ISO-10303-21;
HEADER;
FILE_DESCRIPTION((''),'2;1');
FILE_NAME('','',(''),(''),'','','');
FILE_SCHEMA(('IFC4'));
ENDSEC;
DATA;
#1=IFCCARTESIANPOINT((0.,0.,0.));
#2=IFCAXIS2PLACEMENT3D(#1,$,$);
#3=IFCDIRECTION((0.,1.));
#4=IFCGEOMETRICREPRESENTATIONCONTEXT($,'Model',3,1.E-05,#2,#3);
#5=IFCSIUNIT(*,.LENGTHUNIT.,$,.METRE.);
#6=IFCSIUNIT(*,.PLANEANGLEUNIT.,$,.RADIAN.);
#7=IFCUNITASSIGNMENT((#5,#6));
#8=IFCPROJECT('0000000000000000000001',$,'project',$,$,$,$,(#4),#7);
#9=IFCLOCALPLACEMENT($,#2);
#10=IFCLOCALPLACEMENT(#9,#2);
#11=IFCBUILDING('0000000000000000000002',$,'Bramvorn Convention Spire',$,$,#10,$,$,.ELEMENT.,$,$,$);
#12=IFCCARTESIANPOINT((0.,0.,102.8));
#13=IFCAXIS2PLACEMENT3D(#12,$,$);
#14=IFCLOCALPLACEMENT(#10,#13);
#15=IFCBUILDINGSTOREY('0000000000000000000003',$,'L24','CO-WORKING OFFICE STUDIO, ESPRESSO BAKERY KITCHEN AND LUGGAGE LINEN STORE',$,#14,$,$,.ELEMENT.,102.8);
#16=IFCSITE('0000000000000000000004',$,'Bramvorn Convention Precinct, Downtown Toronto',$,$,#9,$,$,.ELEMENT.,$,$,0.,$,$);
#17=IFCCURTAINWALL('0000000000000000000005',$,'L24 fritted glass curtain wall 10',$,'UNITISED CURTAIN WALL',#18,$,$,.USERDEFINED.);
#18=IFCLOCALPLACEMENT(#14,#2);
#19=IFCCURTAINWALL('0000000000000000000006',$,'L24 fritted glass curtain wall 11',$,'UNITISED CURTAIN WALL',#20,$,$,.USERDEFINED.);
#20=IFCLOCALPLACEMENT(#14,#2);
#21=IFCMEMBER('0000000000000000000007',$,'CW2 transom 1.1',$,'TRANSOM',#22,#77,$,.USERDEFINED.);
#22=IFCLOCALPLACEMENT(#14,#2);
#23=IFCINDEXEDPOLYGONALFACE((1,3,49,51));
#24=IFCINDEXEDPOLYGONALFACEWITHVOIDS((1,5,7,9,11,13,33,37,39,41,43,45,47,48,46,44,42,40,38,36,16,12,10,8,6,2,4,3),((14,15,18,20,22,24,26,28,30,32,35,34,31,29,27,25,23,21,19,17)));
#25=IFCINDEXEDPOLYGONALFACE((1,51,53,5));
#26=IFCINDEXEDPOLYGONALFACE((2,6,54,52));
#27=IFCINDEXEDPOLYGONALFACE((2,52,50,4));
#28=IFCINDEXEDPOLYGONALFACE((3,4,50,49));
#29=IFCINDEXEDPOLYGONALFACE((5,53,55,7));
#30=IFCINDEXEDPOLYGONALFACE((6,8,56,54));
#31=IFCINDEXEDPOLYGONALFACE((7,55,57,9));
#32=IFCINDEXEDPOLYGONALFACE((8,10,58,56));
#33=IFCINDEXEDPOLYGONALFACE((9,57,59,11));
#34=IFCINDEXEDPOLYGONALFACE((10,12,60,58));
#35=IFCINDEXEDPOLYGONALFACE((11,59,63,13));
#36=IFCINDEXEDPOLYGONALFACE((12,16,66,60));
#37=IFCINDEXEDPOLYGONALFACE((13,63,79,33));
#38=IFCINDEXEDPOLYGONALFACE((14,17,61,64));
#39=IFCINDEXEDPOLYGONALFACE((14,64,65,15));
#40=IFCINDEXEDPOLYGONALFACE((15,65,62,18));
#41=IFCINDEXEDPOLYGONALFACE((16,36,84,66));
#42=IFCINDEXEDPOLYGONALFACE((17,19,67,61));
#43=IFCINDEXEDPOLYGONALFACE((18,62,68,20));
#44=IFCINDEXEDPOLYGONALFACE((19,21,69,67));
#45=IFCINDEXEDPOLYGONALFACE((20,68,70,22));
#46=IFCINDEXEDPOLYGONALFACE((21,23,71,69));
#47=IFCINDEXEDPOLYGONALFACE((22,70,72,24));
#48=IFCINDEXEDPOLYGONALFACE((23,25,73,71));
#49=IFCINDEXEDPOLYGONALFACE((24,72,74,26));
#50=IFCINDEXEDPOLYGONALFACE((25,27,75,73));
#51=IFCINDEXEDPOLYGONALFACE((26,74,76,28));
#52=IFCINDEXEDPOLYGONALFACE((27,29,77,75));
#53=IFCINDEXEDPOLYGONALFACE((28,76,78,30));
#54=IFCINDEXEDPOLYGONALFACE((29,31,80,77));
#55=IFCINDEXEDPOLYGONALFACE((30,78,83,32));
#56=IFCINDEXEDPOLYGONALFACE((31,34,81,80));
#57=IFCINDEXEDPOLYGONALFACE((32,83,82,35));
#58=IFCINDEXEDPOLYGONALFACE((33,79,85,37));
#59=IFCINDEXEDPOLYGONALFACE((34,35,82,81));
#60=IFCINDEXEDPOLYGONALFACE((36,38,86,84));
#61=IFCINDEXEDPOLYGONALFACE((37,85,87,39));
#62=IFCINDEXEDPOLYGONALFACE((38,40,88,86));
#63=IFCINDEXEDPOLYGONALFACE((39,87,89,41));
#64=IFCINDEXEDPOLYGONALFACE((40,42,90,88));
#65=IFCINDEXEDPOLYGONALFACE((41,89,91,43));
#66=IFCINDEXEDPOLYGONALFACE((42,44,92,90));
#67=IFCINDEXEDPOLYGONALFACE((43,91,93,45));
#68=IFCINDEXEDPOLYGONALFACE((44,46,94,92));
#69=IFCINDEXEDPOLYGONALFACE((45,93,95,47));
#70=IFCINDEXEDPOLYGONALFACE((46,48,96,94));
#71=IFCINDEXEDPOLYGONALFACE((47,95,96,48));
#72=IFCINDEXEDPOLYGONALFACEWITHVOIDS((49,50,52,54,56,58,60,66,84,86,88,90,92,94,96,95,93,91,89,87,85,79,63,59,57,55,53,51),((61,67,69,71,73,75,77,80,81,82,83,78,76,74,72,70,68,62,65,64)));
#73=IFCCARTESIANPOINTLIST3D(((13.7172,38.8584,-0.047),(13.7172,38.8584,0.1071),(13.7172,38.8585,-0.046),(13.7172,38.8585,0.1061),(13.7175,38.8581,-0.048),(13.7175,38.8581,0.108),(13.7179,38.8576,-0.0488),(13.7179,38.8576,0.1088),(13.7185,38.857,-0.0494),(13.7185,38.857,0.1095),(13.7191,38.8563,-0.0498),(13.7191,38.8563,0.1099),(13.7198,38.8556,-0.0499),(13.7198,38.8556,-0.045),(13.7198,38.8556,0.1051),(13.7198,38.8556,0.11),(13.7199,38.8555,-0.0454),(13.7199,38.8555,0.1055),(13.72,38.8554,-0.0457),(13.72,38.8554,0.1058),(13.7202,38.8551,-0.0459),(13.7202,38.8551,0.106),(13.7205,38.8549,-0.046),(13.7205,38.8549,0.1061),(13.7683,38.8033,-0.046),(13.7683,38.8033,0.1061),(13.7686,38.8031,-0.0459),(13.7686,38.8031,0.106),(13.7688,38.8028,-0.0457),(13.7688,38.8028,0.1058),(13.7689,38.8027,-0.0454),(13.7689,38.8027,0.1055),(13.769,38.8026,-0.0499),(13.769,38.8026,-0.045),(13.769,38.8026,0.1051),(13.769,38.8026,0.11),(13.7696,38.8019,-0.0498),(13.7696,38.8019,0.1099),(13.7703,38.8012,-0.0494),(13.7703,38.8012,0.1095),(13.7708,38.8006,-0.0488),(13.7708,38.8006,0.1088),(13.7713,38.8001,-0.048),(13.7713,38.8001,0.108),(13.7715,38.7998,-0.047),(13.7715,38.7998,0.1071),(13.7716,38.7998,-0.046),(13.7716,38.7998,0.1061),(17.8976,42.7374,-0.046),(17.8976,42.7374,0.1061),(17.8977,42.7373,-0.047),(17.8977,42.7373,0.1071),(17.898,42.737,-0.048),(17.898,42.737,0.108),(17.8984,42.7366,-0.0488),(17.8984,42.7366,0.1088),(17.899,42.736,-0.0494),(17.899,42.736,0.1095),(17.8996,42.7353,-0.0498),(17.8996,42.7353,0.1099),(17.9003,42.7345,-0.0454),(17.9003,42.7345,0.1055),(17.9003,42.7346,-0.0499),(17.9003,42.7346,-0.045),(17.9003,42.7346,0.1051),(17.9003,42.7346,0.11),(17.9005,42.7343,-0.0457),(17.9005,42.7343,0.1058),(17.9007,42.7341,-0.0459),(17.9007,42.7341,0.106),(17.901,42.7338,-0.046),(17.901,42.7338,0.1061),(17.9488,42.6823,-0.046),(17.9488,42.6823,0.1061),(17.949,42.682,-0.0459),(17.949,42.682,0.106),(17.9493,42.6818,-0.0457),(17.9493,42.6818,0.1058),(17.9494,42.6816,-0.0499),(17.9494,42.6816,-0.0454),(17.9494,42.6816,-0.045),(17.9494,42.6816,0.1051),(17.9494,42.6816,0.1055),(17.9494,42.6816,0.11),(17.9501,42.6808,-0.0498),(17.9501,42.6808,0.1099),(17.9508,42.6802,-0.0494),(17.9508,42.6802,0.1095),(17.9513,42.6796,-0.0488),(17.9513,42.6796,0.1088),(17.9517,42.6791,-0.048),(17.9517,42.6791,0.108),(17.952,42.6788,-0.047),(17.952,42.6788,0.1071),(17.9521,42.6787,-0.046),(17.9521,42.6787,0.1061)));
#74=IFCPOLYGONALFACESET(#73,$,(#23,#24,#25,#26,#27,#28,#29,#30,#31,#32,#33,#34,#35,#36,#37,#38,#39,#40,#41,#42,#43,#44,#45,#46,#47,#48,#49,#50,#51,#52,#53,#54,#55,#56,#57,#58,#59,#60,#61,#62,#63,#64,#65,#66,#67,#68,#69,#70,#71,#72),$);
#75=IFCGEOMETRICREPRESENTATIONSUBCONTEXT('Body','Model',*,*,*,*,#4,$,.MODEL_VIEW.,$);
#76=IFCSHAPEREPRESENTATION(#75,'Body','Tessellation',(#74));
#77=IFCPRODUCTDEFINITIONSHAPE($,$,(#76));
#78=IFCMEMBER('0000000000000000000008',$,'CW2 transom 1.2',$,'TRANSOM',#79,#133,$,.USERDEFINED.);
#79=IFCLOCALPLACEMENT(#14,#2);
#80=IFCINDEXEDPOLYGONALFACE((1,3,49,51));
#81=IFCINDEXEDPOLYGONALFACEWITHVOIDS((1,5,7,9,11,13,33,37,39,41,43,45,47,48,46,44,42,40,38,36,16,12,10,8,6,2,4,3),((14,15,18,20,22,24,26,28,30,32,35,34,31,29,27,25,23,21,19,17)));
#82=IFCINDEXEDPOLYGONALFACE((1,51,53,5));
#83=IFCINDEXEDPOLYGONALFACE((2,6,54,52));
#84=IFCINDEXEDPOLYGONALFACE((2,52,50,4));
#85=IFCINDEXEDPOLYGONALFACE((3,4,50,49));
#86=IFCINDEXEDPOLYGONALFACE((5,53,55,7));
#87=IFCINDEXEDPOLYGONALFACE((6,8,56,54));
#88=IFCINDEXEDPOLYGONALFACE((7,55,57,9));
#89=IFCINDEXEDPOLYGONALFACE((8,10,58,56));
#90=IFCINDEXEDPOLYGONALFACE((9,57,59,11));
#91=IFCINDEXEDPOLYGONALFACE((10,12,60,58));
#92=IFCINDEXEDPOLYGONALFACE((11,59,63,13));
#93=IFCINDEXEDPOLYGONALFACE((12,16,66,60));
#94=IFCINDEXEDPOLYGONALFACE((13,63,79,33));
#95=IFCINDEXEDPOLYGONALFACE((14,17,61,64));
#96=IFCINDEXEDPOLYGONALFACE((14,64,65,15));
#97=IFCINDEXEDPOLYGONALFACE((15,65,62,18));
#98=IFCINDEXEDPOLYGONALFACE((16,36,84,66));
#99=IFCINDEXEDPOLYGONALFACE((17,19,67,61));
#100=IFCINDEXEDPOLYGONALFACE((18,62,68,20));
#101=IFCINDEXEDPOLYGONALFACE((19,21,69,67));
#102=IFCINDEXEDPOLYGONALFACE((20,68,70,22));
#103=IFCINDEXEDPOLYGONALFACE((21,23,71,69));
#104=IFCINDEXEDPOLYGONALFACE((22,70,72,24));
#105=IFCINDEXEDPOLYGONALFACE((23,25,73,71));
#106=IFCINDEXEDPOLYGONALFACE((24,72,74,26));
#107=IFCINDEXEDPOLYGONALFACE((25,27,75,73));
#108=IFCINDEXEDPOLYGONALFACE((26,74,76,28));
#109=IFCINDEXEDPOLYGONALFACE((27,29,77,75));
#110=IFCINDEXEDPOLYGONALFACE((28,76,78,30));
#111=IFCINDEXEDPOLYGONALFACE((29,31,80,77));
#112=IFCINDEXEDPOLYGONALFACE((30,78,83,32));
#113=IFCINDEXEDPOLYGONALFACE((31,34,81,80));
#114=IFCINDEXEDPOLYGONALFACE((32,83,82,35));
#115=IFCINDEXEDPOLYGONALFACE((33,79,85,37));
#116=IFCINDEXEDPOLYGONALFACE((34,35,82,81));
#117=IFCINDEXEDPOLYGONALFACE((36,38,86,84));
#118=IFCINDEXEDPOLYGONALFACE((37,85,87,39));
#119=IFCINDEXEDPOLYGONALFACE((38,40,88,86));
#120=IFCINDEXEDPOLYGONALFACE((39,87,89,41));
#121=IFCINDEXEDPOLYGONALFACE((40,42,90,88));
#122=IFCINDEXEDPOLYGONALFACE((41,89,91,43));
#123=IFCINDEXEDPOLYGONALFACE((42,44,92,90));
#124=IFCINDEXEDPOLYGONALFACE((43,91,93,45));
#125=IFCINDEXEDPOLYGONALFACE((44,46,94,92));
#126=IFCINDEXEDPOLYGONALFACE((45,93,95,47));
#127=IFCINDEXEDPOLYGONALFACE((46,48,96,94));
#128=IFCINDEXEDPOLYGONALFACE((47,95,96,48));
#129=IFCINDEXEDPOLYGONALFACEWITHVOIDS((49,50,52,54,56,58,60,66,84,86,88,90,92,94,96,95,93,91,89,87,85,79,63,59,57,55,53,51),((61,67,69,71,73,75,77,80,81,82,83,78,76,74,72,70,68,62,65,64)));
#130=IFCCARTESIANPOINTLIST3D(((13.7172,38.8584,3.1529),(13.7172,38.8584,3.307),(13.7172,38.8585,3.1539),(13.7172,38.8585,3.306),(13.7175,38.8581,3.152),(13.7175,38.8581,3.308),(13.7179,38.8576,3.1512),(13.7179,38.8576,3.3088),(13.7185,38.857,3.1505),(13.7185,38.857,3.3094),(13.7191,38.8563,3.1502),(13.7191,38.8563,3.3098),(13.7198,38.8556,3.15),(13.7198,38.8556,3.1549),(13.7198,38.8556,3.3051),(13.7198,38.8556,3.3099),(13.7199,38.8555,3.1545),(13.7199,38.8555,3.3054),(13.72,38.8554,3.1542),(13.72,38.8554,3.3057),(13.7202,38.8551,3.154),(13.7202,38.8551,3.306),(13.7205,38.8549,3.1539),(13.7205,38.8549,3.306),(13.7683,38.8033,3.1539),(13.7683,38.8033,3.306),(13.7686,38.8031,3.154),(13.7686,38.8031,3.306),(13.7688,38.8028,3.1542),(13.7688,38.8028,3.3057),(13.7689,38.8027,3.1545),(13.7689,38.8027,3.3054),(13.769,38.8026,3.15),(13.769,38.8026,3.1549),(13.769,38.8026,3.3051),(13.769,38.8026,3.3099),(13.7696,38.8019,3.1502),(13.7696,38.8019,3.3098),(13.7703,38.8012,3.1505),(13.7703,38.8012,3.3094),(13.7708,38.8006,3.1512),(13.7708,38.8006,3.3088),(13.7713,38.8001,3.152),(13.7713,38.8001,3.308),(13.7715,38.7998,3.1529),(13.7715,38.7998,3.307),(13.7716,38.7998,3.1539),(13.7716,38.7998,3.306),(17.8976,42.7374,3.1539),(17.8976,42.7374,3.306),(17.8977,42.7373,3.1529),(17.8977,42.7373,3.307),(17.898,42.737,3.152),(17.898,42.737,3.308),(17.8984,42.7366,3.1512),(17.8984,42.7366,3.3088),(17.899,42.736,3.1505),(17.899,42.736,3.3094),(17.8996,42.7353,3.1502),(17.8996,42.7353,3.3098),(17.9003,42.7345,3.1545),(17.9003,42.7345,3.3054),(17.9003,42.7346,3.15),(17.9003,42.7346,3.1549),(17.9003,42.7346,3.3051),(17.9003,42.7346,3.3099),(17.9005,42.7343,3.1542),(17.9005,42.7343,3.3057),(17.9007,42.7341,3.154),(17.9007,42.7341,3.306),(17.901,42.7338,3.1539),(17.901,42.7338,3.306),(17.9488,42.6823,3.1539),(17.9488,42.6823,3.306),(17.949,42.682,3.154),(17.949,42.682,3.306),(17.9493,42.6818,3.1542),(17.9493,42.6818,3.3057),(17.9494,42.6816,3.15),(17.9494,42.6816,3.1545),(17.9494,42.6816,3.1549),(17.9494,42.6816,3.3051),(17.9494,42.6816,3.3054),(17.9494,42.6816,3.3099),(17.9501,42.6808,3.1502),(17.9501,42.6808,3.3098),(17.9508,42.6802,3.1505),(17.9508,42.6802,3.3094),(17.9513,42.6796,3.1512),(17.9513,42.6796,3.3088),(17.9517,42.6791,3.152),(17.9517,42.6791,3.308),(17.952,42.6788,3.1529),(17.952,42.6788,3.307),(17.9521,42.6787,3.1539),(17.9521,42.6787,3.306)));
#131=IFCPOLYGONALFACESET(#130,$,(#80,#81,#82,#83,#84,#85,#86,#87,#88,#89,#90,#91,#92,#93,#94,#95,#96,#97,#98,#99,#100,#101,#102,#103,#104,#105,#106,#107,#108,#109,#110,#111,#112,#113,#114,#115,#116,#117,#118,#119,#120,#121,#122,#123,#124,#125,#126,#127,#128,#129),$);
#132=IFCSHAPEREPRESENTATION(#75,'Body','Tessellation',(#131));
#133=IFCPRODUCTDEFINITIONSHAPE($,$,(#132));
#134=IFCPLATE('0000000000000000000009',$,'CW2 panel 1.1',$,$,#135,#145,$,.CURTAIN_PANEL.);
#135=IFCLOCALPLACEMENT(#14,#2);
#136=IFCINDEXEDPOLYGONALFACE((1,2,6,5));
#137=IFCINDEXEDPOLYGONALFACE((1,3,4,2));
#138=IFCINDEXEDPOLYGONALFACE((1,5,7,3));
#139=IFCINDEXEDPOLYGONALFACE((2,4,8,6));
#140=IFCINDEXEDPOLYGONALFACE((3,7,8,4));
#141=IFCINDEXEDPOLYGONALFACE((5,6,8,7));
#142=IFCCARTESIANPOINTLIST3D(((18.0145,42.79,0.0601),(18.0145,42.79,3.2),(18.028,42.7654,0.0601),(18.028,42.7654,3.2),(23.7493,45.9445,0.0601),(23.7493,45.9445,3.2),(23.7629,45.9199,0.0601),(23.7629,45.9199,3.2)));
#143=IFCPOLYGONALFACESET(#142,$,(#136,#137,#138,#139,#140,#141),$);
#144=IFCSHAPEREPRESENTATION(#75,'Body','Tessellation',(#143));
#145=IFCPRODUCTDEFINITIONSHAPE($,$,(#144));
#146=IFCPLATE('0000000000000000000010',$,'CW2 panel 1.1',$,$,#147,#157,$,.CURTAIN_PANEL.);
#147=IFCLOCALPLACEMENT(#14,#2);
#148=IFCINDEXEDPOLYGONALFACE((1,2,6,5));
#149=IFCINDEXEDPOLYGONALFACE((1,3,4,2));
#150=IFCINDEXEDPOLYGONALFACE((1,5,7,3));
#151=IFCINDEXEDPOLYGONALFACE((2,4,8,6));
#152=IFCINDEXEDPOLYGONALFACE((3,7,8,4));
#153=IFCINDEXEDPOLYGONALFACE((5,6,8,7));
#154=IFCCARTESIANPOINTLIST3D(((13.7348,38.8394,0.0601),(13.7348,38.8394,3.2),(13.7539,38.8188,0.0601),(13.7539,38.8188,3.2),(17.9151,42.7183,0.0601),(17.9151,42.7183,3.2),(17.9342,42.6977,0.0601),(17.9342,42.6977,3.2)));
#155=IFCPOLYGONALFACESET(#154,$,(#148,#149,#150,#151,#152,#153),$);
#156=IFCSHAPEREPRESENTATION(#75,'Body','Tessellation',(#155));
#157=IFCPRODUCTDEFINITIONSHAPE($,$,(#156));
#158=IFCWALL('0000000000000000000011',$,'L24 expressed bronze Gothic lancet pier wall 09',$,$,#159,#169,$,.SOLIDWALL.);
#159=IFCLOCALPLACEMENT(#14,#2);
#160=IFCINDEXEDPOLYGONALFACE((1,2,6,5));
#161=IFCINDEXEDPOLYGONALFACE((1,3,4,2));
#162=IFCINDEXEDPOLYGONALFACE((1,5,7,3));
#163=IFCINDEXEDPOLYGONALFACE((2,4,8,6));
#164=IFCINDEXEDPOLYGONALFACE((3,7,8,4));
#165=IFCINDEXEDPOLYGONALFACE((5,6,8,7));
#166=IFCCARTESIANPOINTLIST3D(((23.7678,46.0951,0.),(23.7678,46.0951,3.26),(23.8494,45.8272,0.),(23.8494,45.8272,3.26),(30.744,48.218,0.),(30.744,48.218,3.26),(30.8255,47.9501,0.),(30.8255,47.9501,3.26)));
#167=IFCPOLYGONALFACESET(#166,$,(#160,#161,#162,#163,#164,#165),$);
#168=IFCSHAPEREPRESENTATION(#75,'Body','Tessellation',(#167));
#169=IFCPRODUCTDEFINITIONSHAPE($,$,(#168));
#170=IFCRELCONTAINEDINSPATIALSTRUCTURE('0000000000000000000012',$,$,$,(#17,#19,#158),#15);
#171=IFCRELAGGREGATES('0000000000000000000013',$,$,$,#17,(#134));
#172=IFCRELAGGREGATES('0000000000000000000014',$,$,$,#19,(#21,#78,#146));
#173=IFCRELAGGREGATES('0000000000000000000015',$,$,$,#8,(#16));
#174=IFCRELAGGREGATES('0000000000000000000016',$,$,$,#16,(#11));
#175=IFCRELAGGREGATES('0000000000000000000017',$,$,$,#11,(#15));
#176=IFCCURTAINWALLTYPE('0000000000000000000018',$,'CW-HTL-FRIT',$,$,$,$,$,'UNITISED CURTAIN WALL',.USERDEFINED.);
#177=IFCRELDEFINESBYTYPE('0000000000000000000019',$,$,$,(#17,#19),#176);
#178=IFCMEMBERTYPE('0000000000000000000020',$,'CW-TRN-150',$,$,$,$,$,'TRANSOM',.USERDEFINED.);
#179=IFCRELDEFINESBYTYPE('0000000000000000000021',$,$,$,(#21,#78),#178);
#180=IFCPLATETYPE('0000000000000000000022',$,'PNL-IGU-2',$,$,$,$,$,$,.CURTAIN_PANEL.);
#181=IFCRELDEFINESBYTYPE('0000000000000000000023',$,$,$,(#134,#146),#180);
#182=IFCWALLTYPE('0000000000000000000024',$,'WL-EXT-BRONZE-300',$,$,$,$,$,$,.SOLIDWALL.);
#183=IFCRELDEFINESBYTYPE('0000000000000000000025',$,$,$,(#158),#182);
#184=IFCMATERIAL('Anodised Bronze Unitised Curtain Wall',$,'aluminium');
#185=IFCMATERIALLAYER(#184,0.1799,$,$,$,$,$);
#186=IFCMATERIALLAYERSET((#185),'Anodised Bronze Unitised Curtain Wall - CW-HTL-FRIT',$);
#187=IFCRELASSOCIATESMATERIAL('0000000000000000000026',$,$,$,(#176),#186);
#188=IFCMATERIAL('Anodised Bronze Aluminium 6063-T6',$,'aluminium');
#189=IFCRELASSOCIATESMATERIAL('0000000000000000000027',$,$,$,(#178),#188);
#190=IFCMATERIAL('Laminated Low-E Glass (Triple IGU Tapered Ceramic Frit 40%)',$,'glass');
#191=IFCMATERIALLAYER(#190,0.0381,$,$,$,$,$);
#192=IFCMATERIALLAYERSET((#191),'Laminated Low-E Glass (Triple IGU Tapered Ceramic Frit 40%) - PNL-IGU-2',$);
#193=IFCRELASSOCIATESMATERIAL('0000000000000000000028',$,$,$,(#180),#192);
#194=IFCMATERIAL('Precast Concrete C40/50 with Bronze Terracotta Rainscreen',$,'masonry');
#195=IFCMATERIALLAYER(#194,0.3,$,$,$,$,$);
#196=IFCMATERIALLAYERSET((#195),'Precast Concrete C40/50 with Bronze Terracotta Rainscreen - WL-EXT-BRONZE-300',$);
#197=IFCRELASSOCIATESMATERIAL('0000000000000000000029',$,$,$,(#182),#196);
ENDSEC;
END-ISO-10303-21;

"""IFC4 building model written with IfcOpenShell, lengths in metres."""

from ifc_helpers import new_model, si_unit, direction, frame, frame_2d, origin, origin_2d, place, context, subcontext, project, spatial, rectangle, hollow_rectangle, extrude, material, layer, layer_set, material_profile, profile_set, type_object, element, aggregate, save


model = new_model("IFC4")

# Units and contexts
model_context = context("Model", 3, precision=1e-05, world=origin(), true_north=direction((0.0, 1.0)))
body_context = subcontext(model_context, "Body", "Model", "MODEL_VIEW")
ifc_project = project(units=[si_unit("LENGTHUNIT", "METRE"), si_unit("PLANEANGLEUNIT", "RADIAN")], contexts=[model_context])

# Site, building, storey
site_placement = place(None, origin())
site = spatial("IfcSite", under=ifc_project, at=site_placement, Name="Bramvorn Convention Precinct, Downtown Toronto", CompositionType="ELEMENT", RefElevation=0.0)
building_placement = place(site_placement, origin())
building = spatial("IfcBuilding", under=site, at=building_placement, Name="Bramvorn Convention Spire", CompositionType="ELEMENT")
storey_placement = place(building_placement, frame((0.0, 0.0, 102.8)))
storey = spatial("IfcBuildingStorey", under=building, at=storey_placement, Name="L24", Description="CO-WORKING OFFICE STUDIO, ESPRESSO BAKERY KITCHEN AND LUGGAGE LINEN STORE", CompositionType="ELEMENT", Elevation=102.8)

# Curtain walls
ifc_material_1 = material(Name="Anodised Bronze Unitised Curtain Wall", Category="aluminium")
ifc_layer_1 = layer(ifc_material_1, 0.1799)
ifc_layer_set_1 = layer_set([ifc_layer_1], Name="Anodised Bronze Unitised Curtain Wall - CW-HTL-FRIT")
curtain_wall_type = type_object("IfcCurtainWallType", Name="CW-HTL-FRIT", ElementType="UNITISED CURTAIN WALL", PredefinedType="USERDEFINED", material=ifc_layer_set_1)
curtain_wall_1_placement = place(storey_placement, origin())
curtain_wall_1 = element("IfcCurtainWall", 1, at=curtain_wall_1_placement, inside=storey, type_object=curtain_wall_type, Name="L24 fritted glass curtain wall 10", ObjectType="UNITISED CURTAIN WALL", PredefinedType="USERDEFINED")
ifc_material_2 = material(Name="Anodised Bronze Aluminium 6063-T6", Category="aluminium")
curtain_wall_2_placement = place(storey_placement, origin())
curtain_wall_2 = element("IfcCurtainWall", 2, at=curtain_wall_2_placement, inside=storey, type_object=curtain_wall_type, Name="L24 fritted glass curtain wall 11", ObjectType="UNITISED CURTAIN WALL", PredefinedType="USERDEFINED")

# Members
ifc_material_profile_1 = material_profile(ifc_material_2, hollow_rectangle(XDim=0.0801, YDim=0.1599, WallThickness=0.0039, InnerFilletRadius=0.001, OuterFilletRadius=0.0039, at=origin_2d()))
ifc_profile_set_1 = profile_set([ifc_material_profile_1], Name="Anodised Bronze Aluminium 6063-T6 - CWT80X160")
member_type_1 = type_object("IfcMemberType", Name="CW-TRN-150", ElementType="TRANSOM", PredefinedType="USERDEFINED", material=ifc_profile_set_1)
member_1_placement = place(storey_placement, frame((13.7444, 38.8291, 0.03), z_axis=(0.733048, 0.680177, 0.0), x_axis=(-0.680177, 0.733048, 0.0)))
member_1 = element("IfcMember", 3, at=member_1_placement, type_object=member_type_1, Name="CW2 transom 1.1", ObjectType="TRANSOM", PredefinedType="USERDEFINED", context=body_context, shape_type="SweptSolid", body=[
    extrude(hollow_rectangle(XDim=0.0801, YDim=0.1599, WallThickness=0.0039, InnerFilletRadius=0.001, OuterFilletRadius=0.0039, at=origin_2d()), origin(), (0.0, 0.0, 1.0), 5.7029),
])
member_2_placement = place(storey_placement, frame((13.7444, 38.8291, 3.23), z_axis=(0.733048, 0.680177, 0.0), x_axis=(-0.680177, 0.733048, 0.0)))
member_2 = element("IfcMember", 4, at=member_2_placement, type_object=member_type_1, Name="CW2 transom 1.2", ObjectType="TRANSOM", PredefinedType="USERDEFINED", context=body_context, shape_type="SweptSolid", body=[
    extrude(hollow_rectangle(XDim=0.0801, YDim=0.1599, WallThickness=0.0039, InnerFilletRadius=0.001, OuterFilletRadius=0.0039, at=origin_2d()), origin(), (0.0, 0.0, 1.0), 5.7029),
])

# Plates
ifc_material_3 = material(Name="Laminated Low-E Glass (Triple IGU Tapered Ceramic Frit 40%)", Category="glass")
ifc_layer_2 = layer(ifc_material_3, 0.0381)
ifc_layer_set_2 = layer_set([ifc_layer_2], Name="Laminated Low-E Glass (Triple IGU Tapered Ceramic Frit 40%) - PNL-IGU-2")
plate_type = type_object("IfcPlateType", Name="PNL-IGU-2", PredefinedType="CURTAIN_PANEL", material=ifc_layer_set_2)
plate_1_placement = place(storey_placement, frame((20.8887, 44.355, 0.0601), z_axis=(0.0, 0.0, 1.0), x_axis=(0.876193, 0.48196, 0.0)))
plate_1 = element("IfcPlate", 5, at=plate_1_placement, type_object=plate_type, Name="CW2 panel 1.1", PredefinedType="CURTAIN_PANEL", context=body_context, shape_type="SweptSolid", body=[
    extrude(rectangle(XDim=6.5452, YDim=0.0281, at=origin_2d()), origin(), (0.0, 0.0, 1.0), 3.1399),
])
aggregate(curtain_wall_1, [plate_1])
plate_2_placement = place(storey_placement, frame((15.8345, 40.7686, 0.0601), z_axis=(0.0, 0.0, 1.0), x_axis=(0.733044, 0.680182, 0.0)))
plate_2 = element("IfcPlate", 6, at=plate_2_placement, type_object=plate_type, Name="CW2 panel 1.1", PredefinedType="CURTAIN_PANEL", context=body_context, shape_type="SweptSolid", body=[
    extrude(rectangle(XDim=5.7026, YDim=0.0281, at=origin_2d()), origin(), (0.0, 0.0, 1.0), 3.1399),
])
aggregate(curtain_wall_2, [member_1, member_2, plate_2])

# Wall
ifc_material_4 = material(Name="Precast Concrete C40/50 with Bronze Terracotta Rainscreen", Category="masonry")
ifc_layer_3 = layer(ifc_material_4, 0.3)
ifc_layer_set_3 = layer_set([ifc_layer_3], Name="Precast Concrete C40/50 with Bronze Terracotta Rainscreen - WL-EXT-BRONZE-300")
wall_type = type_object("IfcWallType", Name="WL-EXT-BRONZE-300", PredefinedType="SOLIDWALL", material=ifc_layer_set_3)
wall_placement = place(storey_placement, frame((23.8086, 45.9612, 0.0), z_axis=(0.0, 0.0, 1.0), x_axis=(0.956687, 0.291118, 0.0)))
element("IfcWall", 7, at=wall_placement, inside=storey, type_object=wall_type, Name="L24 expressed bronze Gothic lancet pier wall 09", PredefinedType="SOLIDWALL", context=body_context, shape_type="SweptSolid", body=[
    extrude(rectangle(XDim=7.292, YDim=0.28, at=frame_2d((3.646, 0.0))), origin(), (0.0, 0.0, 1.0), 3.26),
])

save(model, "model.ifc")
